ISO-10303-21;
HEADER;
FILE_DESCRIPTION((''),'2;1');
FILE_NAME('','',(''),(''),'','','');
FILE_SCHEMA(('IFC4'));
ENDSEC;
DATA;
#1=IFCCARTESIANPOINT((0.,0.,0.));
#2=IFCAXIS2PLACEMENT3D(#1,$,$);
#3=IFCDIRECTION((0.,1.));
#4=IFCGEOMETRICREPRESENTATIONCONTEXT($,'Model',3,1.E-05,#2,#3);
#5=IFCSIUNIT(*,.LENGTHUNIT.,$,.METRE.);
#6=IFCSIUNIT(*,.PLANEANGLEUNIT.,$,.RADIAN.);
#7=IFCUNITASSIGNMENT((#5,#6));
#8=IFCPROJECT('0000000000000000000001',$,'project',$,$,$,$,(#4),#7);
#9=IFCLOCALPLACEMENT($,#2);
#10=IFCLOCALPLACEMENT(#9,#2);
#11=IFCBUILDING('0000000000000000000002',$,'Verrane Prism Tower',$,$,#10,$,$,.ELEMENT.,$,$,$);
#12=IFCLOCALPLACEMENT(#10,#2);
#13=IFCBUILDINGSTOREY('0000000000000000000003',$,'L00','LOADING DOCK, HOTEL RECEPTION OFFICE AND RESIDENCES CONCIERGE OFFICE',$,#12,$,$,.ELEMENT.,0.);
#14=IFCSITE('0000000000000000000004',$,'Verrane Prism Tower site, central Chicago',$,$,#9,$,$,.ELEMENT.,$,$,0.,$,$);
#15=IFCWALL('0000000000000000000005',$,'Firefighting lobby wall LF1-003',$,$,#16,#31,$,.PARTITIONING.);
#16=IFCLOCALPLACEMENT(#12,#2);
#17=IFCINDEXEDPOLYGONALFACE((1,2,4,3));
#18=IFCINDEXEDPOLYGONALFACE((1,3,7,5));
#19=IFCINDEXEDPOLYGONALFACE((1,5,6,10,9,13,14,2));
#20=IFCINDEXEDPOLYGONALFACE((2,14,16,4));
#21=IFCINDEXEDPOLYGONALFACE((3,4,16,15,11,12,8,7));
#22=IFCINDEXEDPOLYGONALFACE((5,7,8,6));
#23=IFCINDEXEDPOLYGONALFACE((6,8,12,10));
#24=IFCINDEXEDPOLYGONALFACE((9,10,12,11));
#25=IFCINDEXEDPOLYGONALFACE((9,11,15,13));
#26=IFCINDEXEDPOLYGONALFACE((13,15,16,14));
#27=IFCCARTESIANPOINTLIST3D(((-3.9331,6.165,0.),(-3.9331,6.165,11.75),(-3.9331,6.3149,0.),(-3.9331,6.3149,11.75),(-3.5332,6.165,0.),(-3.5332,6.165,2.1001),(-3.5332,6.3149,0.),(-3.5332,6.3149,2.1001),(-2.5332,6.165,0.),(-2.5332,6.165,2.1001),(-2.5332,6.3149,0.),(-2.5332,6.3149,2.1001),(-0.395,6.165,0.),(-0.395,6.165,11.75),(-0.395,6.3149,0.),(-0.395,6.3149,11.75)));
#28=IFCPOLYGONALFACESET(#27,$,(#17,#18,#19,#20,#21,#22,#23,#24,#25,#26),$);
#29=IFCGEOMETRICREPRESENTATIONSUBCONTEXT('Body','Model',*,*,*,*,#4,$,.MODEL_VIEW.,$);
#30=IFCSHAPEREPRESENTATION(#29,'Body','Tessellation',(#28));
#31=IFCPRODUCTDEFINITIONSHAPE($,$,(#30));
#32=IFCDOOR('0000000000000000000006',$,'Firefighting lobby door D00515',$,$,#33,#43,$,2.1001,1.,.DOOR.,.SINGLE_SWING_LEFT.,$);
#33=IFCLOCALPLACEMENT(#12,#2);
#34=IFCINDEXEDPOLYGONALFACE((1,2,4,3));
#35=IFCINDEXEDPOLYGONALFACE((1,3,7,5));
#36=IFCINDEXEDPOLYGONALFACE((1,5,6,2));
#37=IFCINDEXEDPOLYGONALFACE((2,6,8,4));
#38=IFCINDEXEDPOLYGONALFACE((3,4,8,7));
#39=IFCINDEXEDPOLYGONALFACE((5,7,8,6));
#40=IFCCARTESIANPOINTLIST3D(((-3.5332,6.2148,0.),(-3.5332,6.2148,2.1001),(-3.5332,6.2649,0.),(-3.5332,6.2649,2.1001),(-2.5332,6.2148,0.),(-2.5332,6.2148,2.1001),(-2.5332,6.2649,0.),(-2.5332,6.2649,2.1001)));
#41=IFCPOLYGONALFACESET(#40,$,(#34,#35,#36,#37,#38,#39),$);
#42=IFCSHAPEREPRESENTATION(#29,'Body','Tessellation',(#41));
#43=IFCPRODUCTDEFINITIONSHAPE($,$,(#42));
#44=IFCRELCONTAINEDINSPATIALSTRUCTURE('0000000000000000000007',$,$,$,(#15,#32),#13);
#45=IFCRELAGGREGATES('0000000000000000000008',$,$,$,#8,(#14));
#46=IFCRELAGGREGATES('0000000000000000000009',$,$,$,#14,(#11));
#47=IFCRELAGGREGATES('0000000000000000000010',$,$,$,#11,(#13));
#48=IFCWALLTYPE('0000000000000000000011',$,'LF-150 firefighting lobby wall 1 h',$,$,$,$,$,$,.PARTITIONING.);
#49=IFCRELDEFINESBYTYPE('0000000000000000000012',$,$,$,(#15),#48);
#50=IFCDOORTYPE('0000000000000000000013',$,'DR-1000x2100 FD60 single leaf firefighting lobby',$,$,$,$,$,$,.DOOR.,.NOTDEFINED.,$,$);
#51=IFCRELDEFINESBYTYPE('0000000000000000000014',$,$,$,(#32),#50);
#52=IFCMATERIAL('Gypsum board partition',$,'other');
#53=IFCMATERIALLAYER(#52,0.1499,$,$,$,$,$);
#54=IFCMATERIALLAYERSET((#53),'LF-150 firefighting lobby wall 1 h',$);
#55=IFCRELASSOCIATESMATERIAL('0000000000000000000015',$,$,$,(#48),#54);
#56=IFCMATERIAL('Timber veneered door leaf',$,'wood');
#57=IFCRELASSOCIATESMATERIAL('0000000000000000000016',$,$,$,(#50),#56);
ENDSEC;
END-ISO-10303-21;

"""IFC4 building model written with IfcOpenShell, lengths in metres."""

from ifc_helpers import new_model, si_unit, direction, frame, frame_2d, origin, place, context, subcontext, project, spatial, rectangle, extrude, material, layer, layer_set, type_object, element, fill, save


model = new_model("IFC4")

# Units and contexts
model_context = context("Model", 3, precision=1e-05, world=origin(), true_north=direction((0.0, 1.0)))
body_context = subcontext(model_context, "Body", "Model", "MODEL_VIEW")
ifc_project = project(units=[si_unit("LENGTHUNIT", "METRE"), si_unit("PLANEANGLEUNIT", "RADIAN")], contexts=[model_context])

# Site, building, storey
site_placement = place(None, origin())
site = spatial("IfcSite", under=ifc_project, at=site_placement, Name="Verrane Prism Tower site, central Chicago", CompositionType="ELEMENT", RefElevation=0.0)
building_placement = place(site_placement, origin())
building = spatial("IfcBuilding", under=site, at=building_placement, Name="Verrane Prism Tower", CompositionType="ELEMENT")
storey_placement = place(building_placement, origin())
storey = spatial("IfcBuildingStorey", under=building, at=storey_placement, Name="L00", Description="LOADING DOCK, HOTEL RECEPTION OFFICE AND RESIDENCES CONCIERGE OFFICE", CompositionType="ELEMENT", Elevation=0.0)

# Wall, opening, door
ifc_material_1 = material(Name="Gypsum board partition", Category="other")
ifc_layer_1 = layer(ifc_material_1, 0.1499)
ifc_layer_set_1 = layer_set([ifc_layer_1], Name="LF-150 firefighting lobby wall 1 h")
wall_type_1 = type_object("IfcWallType", Name="LF-150 firefighting lobby wall 1 h", PredefinedType="PARTITIONING", material=ifc_layer_set_1)
wall_1_placement = place(storey_placement, frame((-3.9331, 6.24, 0.0), z_axis=(0.0, 0.0, 1.0), x_axis=(1.0, 0.0, 0.0)))
wall_1 = element("IfcWall", 1, at=wall_1_placement, inside=storey, type_object=wall_type_1, Name="Firefighting lobby wall LF1-003", PredefinedType="PARTITIONING", context=body_context, shape_type="SweptSolid", body=[
    extrude(rectangle(XDim=3.5381, YDim=0.1499, at=frame_2d((1.769, 0.0))), origin(), (0.0, 0.0, 1.0), 11.75),
])
opening_placement = place(wall_1_placement, frame((0.3999, 0.0, 0.0)))
opening = element("IfcOpeningElement", 2, at=opening_placement, cuts=wall_1, PredefinedType="OPENING", context=body_context, shape_type="SweptSolid", body=[
    extrude(rectangle(XDim=1.0, YDim=2.1001, at=frame_2d((0.5, 1.05))), frame((0.0, 0.085, 0.0), z_axis=(0.0, -1.0, 0.0), x_axis=(1.0, 0.0, 0.0)), (0.0, 0.0, 1.0), 0.1699),
])
ifc_material_2 = material(Name="Timber veneered door leaf", Category="wood")
door_type = type_object("IfcDoorType", Name="DR-1000x2100 FD60 single leaf firefighting lobby", OperationType="NOTDEFINED", PredefinedType="DOOR", material=ifc_material_2)
door_placement = place(opening_placement, origin())
door = element("IfcDoor", 3, at=door_placement, inside=storey, type_object=door_type, Name="Firefighting lobby door D00515", OperationType="SINGLE_SWING_LEFT", OverallHeight=2.1001, OverallWidth=1.0, PredefinedType="DOOR", context=body_context, shape_type="SweptSolid", body=[
    extrude(rectangle(XDim=1.0, YDim=2.1001, at=frame_2d((0.5, 1.05))), frame((0.0, 0.0249, 0.0), z_axis=(0.0, -1.0, 0.0), x_axis=(1.0, 0.0, 0.0)), (0.0, 0.0, 1.0), 0.05),
])
fill(opening, door)

save(model, "model.ifc")
